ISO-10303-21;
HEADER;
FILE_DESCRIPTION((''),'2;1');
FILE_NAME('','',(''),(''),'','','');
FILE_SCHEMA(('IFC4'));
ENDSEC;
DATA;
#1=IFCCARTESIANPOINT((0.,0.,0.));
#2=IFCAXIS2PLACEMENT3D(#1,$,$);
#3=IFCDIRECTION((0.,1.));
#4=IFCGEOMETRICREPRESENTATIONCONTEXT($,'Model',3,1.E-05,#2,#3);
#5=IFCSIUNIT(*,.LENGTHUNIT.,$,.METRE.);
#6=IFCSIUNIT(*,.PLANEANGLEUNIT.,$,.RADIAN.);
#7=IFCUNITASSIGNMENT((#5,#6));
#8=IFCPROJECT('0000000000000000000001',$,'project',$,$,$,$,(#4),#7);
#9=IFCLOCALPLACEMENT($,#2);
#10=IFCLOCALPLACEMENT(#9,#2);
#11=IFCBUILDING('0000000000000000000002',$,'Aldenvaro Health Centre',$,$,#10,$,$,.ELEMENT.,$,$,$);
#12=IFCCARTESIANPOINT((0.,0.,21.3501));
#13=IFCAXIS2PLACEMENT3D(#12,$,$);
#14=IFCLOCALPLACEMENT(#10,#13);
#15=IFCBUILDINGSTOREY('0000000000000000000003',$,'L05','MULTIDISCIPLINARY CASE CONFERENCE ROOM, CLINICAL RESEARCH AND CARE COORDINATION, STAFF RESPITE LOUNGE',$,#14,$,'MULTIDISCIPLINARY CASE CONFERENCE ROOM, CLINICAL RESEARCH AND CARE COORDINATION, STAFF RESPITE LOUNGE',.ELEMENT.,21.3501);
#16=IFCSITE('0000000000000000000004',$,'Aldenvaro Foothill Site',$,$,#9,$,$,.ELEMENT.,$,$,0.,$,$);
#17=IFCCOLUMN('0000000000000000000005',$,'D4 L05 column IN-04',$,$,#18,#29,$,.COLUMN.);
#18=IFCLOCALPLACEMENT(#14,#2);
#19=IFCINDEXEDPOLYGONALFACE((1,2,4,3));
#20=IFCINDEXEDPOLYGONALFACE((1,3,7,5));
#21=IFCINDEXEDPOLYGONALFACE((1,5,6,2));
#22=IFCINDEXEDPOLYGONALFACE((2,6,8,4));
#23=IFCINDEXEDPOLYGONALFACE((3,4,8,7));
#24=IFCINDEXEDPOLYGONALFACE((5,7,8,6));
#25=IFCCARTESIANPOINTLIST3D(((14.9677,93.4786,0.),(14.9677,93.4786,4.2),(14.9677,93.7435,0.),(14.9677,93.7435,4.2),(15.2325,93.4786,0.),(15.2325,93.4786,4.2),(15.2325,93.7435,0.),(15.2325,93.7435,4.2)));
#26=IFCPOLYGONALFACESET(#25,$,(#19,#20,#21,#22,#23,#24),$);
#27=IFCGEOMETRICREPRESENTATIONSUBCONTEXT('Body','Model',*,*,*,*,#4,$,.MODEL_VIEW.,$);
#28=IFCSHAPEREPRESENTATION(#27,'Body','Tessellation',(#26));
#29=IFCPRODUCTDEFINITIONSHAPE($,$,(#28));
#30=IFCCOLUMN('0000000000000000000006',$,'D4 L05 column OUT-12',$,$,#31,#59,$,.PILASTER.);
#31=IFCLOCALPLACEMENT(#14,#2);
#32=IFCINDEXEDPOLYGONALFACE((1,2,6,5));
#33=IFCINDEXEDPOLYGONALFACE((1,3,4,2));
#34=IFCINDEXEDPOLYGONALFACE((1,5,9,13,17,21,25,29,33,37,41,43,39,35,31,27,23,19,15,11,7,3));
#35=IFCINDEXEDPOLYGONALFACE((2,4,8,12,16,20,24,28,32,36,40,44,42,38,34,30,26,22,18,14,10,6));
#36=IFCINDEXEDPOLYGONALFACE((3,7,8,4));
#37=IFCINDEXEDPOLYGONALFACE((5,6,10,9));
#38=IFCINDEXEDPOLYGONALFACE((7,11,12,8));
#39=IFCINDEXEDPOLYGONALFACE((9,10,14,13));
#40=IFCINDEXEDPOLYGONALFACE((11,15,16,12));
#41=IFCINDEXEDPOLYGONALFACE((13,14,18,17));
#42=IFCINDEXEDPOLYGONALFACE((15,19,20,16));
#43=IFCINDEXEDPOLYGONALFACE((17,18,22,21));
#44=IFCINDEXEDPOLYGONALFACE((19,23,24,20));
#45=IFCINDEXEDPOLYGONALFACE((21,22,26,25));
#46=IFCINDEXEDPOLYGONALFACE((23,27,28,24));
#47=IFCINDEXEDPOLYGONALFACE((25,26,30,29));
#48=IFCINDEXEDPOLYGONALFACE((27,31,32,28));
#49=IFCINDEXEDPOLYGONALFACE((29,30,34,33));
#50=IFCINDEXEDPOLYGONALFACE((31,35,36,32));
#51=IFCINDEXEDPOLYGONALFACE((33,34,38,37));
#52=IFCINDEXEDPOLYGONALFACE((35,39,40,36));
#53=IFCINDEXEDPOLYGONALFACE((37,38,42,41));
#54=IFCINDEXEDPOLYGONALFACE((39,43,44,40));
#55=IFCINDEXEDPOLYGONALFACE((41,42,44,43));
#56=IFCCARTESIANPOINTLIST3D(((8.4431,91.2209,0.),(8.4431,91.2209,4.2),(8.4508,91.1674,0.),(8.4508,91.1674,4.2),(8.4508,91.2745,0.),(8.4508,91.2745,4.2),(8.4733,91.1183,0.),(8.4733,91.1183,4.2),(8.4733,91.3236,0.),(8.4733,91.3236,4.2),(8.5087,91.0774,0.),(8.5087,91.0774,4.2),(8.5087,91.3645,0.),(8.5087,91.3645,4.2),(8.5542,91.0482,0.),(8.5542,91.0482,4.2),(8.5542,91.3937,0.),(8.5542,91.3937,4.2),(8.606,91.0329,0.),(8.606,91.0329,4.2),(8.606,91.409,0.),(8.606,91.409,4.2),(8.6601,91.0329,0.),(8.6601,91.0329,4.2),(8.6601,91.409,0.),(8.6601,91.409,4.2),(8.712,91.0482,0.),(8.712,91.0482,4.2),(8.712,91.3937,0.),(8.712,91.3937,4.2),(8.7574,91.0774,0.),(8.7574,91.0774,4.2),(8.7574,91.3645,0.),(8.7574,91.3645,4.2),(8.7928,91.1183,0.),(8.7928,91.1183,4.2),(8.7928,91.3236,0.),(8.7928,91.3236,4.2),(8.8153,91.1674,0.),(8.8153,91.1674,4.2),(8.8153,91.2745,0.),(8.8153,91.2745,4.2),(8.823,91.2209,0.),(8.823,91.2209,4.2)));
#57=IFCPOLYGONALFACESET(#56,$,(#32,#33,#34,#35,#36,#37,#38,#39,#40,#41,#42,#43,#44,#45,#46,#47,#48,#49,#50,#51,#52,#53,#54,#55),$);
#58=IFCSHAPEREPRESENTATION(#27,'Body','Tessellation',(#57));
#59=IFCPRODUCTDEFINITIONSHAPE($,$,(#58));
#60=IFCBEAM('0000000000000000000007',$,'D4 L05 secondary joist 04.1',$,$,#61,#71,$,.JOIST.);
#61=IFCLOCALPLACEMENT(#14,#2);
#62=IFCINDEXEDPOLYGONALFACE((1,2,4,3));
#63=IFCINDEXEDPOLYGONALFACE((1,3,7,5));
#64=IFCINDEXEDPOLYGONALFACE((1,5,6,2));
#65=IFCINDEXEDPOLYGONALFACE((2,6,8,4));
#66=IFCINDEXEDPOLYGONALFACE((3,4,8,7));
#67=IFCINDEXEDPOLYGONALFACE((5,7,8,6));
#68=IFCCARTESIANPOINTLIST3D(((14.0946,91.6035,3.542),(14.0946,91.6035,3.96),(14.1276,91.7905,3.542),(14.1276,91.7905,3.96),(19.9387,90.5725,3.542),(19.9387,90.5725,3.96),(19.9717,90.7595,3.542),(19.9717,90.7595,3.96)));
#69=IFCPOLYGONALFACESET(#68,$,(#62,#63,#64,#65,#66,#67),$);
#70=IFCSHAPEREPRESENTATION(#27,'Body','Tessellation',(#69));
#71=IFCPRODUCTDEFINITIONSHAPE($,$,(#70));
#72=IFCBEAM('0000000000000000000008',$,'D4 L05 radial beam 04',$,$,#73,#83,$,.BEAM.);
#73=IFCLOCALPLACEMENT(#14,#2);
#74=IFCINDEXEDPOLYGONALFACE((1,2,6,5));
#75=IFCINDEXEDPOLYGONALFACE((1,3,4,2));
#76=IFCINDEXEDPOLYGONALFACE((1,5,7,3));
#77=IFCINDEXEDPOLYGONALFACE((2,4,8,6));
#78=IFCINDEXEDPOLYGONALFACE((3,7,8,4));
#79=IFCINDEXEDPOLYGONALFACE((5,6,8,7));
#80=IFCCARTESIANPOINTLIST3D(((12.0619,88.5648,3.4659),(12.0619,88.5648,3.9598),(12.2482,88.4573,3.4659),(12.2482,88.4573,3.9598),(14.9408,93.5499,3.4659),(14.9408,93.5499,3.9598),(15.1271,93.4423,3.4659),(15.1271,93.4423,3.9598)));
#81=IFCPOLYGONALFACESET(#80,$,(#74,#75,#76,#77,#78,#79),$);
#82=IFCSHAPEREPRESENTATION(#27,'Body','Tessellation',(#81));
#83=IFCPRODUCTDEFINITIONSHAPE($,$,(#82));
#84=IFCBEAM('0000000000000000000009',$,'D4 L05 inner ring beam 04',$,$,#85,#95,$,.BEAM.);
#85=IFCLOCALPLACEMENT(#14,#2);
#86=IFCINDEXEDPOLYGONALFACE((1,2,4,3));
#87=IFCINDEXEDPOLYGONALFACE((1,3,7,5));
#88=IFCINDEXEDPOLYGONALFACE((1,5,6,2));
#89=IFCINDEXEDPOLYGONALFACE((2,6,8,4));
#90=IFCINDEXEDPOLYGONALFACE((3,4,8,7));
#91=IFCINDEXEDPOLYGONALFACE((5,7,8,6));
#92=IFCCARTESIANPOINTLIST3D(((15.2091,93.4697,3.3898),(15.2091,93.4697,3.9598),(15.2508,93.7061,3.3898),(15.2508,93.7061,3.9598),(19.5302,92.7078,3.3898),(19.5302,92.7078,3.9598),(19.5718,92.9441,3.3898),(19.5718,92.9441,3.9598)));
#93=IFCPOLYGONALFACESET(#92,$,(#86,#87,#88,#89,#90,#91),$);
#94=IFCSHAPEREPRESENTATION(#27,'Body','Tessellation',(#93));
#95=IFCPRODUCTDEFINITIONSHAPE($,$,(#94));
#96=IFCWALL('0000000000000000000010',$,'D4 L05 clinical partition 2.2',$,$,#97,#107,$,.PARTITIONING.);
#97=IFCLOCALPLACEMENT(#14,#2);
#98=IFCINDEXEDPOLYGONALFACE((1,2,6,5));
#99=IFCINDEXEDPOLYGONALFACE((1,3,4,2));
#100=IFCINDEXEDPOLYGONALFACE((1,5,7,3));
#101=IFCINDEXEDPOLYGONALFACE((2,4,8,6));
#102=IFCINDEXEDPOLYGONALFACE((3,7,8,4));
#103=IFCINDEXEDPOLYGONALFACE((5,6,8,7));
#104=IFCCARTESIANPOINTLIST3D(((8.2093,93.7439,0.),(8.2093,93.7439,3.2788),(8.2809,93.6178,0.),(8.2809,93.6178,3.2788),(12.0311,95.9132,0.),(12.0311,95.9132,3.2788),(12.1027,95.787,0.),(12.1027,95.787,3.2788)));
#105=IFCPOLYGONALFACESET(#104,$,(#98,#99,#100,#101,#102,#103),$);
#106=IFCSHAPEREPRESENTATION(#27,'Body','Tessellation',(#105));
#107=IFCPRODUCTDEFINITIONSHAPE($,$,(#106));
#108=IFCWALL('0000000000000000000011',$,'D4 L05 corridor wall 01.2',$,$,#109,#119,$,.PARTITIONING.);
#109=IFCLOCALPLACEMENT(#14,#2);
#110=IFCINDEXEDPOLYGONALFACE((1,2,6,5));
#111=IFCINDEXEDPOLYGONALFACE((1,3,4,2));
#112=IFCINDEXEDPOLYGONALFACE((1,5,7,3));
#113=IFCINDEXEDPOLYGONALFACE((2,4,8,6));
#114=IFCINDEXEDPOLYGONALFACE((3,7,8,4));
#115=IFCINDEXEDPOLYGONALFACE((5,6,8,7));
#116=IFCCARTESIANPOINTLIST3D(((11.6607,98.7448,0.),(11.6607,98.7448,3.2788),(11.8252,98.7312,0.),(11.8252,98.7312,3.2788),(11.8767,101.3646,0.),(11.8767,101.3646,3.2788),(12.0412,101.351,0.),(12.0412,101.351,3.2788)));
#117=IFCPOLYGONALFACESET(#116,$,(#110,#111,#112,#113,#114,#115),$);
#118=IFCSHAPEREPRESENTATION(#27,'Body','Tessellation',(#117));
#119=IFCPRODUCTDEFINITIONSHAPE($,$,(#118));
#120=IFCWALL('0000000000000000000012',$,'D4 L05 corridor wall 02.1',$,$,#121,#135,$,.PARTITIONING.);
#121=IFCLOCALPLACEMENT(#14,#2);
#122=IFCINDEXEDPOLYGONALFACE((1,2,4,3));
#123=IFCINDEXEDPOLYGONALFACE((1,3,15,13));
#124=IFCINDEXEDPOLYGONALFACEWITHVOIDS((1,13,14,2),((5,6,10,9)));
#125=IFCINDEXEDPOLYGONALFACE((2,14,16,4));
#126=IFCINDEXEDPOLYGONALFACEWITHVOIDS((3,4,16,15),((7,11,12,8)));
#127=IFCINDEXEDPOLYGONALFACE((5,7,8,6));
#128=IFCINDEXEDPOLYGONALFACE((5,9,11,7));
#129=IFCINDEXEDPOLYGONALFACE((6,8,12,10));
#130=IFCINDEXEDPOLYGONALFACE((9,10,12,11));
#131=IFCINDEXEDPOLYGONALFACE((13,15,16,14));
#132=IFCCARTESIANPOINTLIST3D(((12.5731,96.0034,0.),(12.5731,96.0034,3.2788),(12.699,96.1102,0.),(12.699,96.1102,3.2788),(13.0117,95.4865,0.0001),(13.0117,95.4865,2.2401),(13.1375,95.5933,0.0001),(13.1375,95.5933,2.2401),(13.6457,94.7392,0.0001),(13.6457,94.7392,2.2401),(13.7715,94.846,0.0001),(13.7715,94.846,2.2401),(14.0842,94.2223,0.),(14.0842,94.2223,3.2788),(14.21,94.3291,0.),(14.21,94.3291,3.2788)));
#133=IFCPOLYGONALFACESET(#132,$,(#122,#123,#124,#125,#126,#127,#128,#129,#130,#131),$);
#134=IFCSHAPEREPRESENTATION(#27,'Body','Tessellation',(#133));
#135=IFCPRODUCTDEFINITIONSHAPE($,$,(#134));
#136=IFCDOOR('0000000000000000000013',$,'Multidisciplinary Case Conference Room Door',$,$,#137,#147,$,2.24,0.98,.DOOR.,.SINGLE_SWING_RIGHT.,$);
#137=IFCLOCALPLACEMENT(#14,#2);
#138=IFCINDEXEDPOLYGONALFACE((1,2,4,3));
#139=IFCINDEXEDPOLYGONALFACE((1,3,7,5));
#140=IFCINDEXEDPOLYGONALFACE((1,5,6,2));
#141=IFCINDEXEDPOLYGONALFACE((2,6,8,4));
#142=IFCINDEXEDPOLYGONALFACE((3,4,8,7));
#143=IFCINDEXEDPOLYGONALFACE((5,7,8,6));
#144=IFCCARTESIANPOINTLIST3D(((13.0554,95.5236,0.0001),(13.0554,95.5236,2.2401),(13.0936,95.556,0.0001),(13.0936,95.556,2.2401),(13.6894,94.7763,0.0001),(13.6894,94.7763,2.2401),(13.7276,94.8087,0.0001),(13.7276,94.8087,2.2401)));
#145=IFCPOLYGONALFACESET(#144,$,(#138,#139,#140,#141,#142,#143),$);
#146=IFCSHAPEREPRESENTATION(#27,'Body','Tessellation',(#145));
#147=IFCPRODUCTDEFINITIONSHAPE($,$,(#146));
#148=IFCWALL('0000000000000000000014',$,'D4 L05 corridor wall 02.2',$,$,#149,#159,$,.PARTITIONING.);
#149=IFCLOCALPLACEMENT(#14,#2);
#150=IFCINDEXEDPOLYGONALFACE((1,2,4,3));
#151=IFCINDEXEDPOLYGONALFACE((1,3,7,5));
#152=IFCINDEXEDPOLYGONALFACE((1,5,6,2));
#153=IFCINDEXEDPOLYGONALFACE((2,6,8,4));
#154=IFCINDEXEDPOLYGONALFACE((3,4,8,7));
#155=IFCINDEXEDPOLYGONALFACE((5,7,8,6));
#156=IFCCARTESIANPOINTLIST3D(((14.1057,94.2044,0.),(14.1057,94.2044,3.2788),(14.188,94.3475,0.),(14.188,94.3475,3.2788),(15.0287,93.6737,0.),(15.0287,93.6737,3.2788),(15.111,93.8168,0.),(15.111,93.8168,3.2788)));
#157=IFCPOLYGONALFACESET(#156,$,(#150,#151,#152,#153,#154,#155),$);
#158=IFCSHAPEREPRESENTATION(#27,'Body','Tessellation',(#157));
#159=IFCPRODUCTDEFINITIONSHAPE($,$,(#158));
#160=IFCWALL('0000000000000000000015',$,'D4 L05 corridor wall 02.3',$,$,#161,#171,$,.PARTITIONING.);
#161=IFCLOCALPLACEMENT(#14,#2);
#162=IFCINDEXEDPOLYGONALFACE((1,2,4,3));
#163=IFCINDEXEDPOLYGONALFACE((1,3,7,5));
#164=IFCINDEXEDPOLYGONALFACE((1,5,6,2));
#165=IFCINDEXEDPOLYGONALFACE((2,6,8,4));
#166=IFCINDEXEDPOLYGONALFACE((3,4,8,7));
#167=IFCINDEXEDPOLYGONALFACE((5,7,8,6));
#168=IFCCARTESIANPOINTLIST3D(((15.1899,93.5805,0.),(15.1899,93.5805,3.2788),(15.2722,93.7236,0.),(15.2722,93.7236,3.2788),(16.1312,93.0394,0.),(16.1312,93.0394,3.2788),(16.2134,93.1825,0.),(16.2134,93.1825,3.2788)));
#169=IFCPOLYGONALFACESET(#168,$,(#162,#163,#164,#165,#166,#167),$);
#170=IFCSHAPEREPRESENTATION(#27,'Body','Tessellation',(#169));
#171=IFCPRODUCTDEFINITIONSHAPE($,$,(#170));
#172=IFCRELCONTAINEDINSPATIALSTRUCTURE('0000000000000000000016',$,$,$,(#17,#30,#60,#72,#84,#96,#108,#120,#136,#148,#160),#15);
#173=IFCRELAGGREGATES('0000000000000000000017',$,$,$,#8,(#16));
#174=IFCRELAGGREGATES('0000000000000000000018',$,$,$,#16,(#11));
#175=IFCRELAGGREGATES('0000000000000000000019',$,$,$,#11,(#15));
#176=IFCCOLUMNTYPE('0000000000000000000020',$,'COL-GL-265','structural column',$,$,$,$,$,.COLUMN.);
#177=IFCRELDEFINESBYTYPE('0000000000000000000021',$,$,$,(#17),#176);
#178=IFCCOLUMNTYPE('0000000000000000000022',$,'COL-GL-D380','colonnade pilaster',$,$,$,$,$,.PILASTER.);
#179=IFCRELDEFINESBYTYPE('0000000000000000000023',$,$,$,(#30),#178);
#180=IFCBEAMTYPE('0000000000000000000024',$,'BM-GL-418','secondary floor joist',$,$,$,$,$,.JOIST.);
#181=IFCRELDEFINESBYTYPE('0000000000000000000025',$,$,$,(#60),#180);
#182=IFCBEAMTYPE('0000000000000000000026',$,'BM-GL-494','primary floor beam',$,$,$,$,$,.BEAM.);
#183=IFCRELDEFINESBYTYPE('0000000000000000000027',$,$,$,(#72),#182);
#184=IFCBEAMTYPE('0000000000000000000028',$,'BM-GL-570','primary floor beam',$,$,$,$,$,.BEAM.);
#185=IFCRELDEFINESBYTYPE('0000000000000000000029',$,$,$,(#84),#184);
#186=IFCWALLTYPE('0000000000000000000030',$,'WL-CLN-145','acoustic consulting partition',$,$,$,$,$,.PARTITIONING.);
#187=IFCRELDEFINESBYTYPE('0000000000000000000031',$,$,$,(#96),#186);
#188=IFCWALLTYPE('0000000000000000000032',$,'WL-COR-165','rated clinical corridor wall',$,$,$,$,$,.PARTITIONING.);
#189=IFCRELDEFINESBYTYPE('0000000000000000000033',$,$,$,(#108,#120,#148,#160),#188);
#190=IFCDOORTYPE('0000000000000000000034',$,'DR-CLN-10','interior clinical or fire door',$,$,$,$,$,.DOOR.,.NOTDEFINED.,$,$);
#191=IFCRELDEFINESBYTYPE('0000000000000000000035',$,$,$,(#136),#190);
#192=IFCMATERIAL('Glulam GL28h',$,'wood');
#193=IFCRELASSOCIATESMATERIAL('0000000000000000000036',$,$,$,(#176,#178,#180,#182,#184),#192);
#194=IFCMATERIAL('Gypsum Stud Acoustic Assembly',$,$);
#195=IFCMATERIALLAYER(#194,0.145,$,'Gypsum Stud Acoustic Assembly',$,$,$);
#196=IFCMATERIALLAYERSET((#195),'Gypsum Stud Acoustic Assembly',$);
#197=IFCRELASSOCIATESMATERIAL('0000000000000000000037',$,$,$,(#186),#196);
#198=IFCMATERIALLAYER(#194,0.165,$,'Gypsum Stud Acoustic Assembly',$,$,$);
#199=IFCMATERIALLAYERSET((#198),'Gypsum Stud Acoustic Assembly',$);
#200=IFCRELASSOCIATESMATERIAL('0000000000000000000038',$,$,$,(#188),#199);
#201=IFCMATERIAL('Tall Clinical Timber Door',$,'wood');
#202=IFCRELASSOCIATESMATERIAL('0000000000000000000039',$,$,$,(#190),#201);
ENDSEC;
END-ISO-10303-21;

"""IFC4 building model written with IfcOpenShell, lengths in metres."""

from ifc_helpers import new_model, si_unit, direction, frame, frame_2d, origin, origin_2d, place, context, subcontext, project, spatial, rectangle, circle, extrude, material, layer, layer_set, material_profile, profile_set, type_object, element, fill, save


model = new_model("IFC4")

# Units and contexts
model_context = context("Model", 3, precision=1e-05, world=origin(), true_north=direction((0.0, 1.0)))
body_context = subcontext(model_context, "Body", "Model", "MODEL_VIEW")
ifc_project = project(units=[si_unit("LENGTHUNIT", "METRE"), si_unit("PLANEANGLEUNIT", "RADIAN")], contexts=[model_context])

# Site, building, storey
site_placement = place(None, origin())
site = spatial("IfcSite", under=ifc_project, at=site_placement, Name="Aldenvaro Foothill Site", CompositionType="ELEMENT", RefElevation=0.0)
building_placement = place(site_placement, origin())
building = spatial("IfcBuilding", under=site, at=building_placement, Name="Aldenvaro Health Centre", CompositionType="ELEMENT")
storey_placement = place(building_placement, frame((0.0, 0.0, 21.3501)))
storey = spatial("IfcBuildingStorey", under=building, at=storey_placement, Name="L05", Description="MULTIDISCIPLINARY CASE CONFERENCE ROOM, CLINICAL RESEARCH AND CARE COORDINATION, STAFF RESPITE LOUNGE", LongName="MULTIDISCIPLINARY CASE CONFERENCE ROOM, CLINICAL RESEARCH AND CARE COORDINATION, STAFF RESPITE LOUNGE", CompositionType="ELEMENT", Elevation=21.3501)

# Columns
ifc_material_1 = material(Name="Glulam GL28h", Category="wood")
ifc_material_profile_1 = material_profile(ifc_material_1, rectangle(XDim=0.2649, YDim=0.2649, at=origin_2d()), Name="GL 265x265", Category="wood")
ifc_profile_set_1 = profile_set([ifc_material_profile_1], Name="Glulam GL28h")
column_type_1 = type_object("IfcColumnType", Name="COL-GL-265", Description="structural column", PredefinedType="COLUMN", material=ifc_profile_set_1)
column_1_placement = place(storey_placement, frame((15.1001, 93.6111, 0.0), z_axis=(0.0, 0.0, 1.0), x_axis=(1.0, 0.0, 0.0)))
element("IfcColumn", 1, at=column_1_placement, inside=storey, type_object=column_type_1, Name="D4 L05 column IN-04", PredefinedType="COLUMN", context=body_context, shape_type="SweptSolid", body=[
    extrude(rectangle(XDim=0.2649, YDim=0.2649, at=origin_2d()), origin(), (0.0, 0.0, 1.0), 4.2),
])
ifc_material_profile_2 = material_profile(ifc_material_1, circle(Radius=0.1899, at=origin_2d()), Name="GL D380", Category="wood")
ifc_profile_set_2 = profile_set([ifc_material_profile_2], Name="Glulam GL28h")
column_type_2 = type_object("IfcColumnType", Name="COL-GL-D380", Description="colonnade pilaster", PredefinedType="PILASTER", material=ifc_profile_set_2)
column_2_placement = place(storey_placement, frame((8.6331, 91.2209, 0.0), z_axis=(0.0, 0.0, 1.0), x_axis=(1.0, 0.0, 0.0)))
element("IfcColumn", 2, at=column_2_placement, inside=storey, type_object=column_type_2, Name="D4 L05 column OUT-12", PredefinedType="PILASTER", context=body_context, shape_type="SweptSolid", body=[
    extrude(circle(Radius=0.1899, at=origin_2d()), origin(), (0.0, 0.0, 1.0), 4.2),
])

# Beams
ifc_material_profile_3 = material_profile(ifc_material_1, rectangle(XDim=0.1899, YDim=0.418, at=origin_2d()), Name="GL 190x418", Category="wood")
ifc_profile_set_3 = profile_set([ifc_material_profile_3], Name="Glulam GL28h")
beam_type_1 = type_object("IfcBeamType", Name="BM-GL-418", Description="secondary floor joist", PredefinedType="JOIST", material=ifc_profile_set_3)
beam_1_placement = place(storey_placement, frame((14.1111, 91.697, 3.751), z_axis=(0.984792, -0.173738, 0.0), x_axis=(0.173738, 0.984792, 0.0)))
element("IfcBeam", 3, at=beam_1_placement, inside=storey, type_object=beam_type_1, Name="D4 L05 secondary joist 04.1", PredefinedType="JOIST", context=body_context, shape_type="SweptSolid", body=[
    extrude(rectangle(XDim=0.1899, YDim=0.418, at=origin_2d()), origin(), (0.0, 0.0, 1.0), 5.9343),
])
ifc_material_profile_4 = material_profile(ifc_material_1, rectangle(XDim=0.2151, YDim=0.4939, at=origin_2d()), Name="GL 215x494", Category="wood")
ifc_profile_set_4 = profile_set([ifc_material_profile_4], Name="Glulam GL28h")
beam_type_2 = type_object("IfcBeamType", Name="BM-GL-494", Description="primary floor beam", PredefinedType="BEAM", material=ifc_profile_set_4)
beam_2_placement = place(storey_placement, frame((15.0339, 93.4961, 3.7129), z_axis=(-0.500098, -0.865969, 0.0), x_axis=(0.865969, -0.500098, 0.0)))
element("IfcBeam", 4, at=beam_2_placement, inside=storey, type_object=beam_type_2, Name="D4 L05 radial beam 04", PredefinedType="BEAM", context=body_context, shape_type="SweptSolid", body=[
    extrude(rectangle(XDim=0.2151, YDim=0.4939, at=origin_2d()), origin(), (0.0, 0.0, 1.0), 5.7566),
])
ifc_material_profile_5 = material_profile(ifc_material_1, rectangle(XDim=0.24, YDim=0.5701, at=origin_2d()), Name="GL 240x570", Category="wood")
ifc_profile_set_5 = profile_set([ifc_material_profile_5], Name="Glulam GL28h")
beam_type_3 = type_object("IfcBeamType", Name="BM-GL-570", Description="primary floor beam", PredefinedType="BEAM", material=ifc_profile_set_5)
beam_3_placement = place(storey_placement, frame((15.23, 93.5879, 3.6748), z_axis=(0.984806, -0.173658, 0.0), x_axis=(0.173658, 0.984806, 0.0)))
element("IfcBeam", 5, at=beam_3_placement, inside=storey, type_object=beam_type_3, Name="D4 L05 inner ring beam 04", PredefinedType="BEAM", context=body_context, shape_type="SweptSolid", body=[
    extrude(rectangle(XDim=0.24, YDim=0.5701, at=origin_2d()), origin(), (0.0, 0.0, 1.0), 4.3877),
])

# Walls
ifc_material_2 = material(Name="Gypsum Stud Acoustic Assembly")
ifc_layer_1 = layer(ifc_material_2, 0.145, Name="Gypsum Stud Acoustic Assembly")
ifc_layer_set_1 = layer_set([ifc_layer_1], Name="Gypsum Stud Acoustic Assembly")
wall_type_1 = type_object("IfcWallType", Name="WL-CLN-145", Description="acoustic consulting partition", PredefinedType="PARTITIONING", material=ifc_layer_set_1)
wall_1_placement = place(storey_placement, frame((12.0669, 95.8501, 0.0), z_axis=(0.0, 0.0, 1.0), x_axis=(-0.869679, -0.493618, 0.0)))
element("IfcWall", 6, at=wall_1_placement, inside=storey, type_object=wall_type_1, Name="D4 L05 clinical partition 2.2", PredefinedType="PARTITIONING", context=body_context, shape_type="SweptSolid", body=[
    extrude(rectangle(XDim=4.3945, YDim=0.145, at=frame_2d((2.1973, 0.0))), origin(), (0.0, 0.0, 1.0), 3.2788),
])
ifc_layer_2 = layer(ifc_material_2, 0.165, Name="Gypsum Stud Acoustic Assembly")
ifc_layer_set_2 = layer_set([ifc_layer_2], Name="Gypsum Stud Acoustic Assembly")
wall_type_2 = type_object("IfcWallType", Name="WL-COR-165", Description="rated clinical corridor wall", PredefinedType="PARTITIONING", material=ifc_layer_set_2)
wall_2_placement = place(storey_placement, frame((11.959, 101.3579, 0.0), z_axis=(0.0, 0.0, 1.0), x_axis=(-0.082192, -0.996616, 0.0)))
element("IfcWall", 7, at=wall_2_placement, inside=storey, type_object=wall_type_2, Name="D4 L05 corridor wall 01.2", PredefinedType="PARTITIONING", context=body_context, shape_type="SweptSolid", body=[
    extrude(rectangle(XDim=2.6287, YDim=0.165, at=frame_2d((1.3145, 0.0))), origin(), (0.0, 0.0, 1.0), 3.2788),
])

# Wall, opening, door
wall_3_placement = place(storey_placement, frame((12.636, 96.0569, 0.0), z_axis=(0.0, 0.0, 1.0), x_axis=(0.646935, -0.762545, 0.0)))
wall_3 = element("IfcWall", 8, at=wall_3_placement, inside=storey, type_object=wall_type_2, Name="D4 L05 corridor wall 02.1", PredefinedType="PARTITIONING", context=body_context, shape_type="SweptSolid", body=[
    extrude(rectangle(XDim=2.3357, YDim=0.165, at=frame_2d((1.168, 0.0))), origin(), (0.0, 0.0, 1.0), 3.2788),
])
opening_1_placement = place(wall_3_placement, frame((0.678, 0.0, 0.0)))
opening_1 = element("IfcOpeningElement", 9, at=opening_1_placement, cuts=wall_3, PredefinedType="OPENING", context=body_context, shape_type="SweptSolid", body=[
    extrude(rectangle(XDim=0.98, YDim=2.24, at=frame_2d((0.49, 1.1201))), frame((0.0, 0.0925, 0.0), z_axis=(0.0, -1.0, 0.0), x_axis=(1.0, 0.0, 0.0)), (0.0, 0.0, 1.0), 0.1851),
])
ifc_material_3 = material(Name="Tall Clinical Timber Door", Category="wood")
door_type_1 = type_object("IfcDoorType", Name="DR-CLN-10", Description="interior clinical or fire door", OperationType="NOTDEFINED", PredefinedType="DOOR", material=ifc_material_3)
door_1_placement = place(opening_1_placement, origin())
door_1 = element("IfcDoor", 10, at=door_1_placement, inside=storey, type_object=door_type_1, Name="Multidisciplinary Case Conference Room Door", OperationType="SINGLE_SWING_RIGHT", OverallHeight=2.24, OverallWidth=0.98, PredefinedType="DOOR", context=body_context, shape_type="SweptSolid", body=[
    extrude(rectangle(XDim=0.98, YDim=2.24, at=frame_2d((0.49, 1.1201))), frame((0.0, 0.0249, 0.0), z_axis=(0.0, -1.0, 0.0), x_axis=(1.0, 0.0, 0.0)), (0.0, 0.0, 1.0), 0.05),
])
fill(opening_1, door_1)

# Walls
wall_4_placement = place(storey_placement, frame((14.147, 94.2759, 0.0), z_axis=(0.0, 0.0, 1.0), x_axis=(0.866914, -0.498458, 0.0)))
element("IfcWall", 11, at=wall_4_placement, inside=storey, type_object=wall_type_2, Name="D4 L05 corridor wall 02.2", PredefinedType="PARTITIONING", context=body_context, shape_type="SweptSolid", body=[
    extrude(rectangle(XDim=1.0647, YDim=0.165, at=frame_2d((0.5322, 0.0))), origin(), (0.0, 0.0, 1.0), 3.2788),
])
wall_5_placement = place(storey_placement, frame((15.231, 93.6521, 0.0), z_axis=(0.0, 0.0, 1.0), x_axis=(0.866967, -0.498365, 0.0)))
element("IfcWall", 12, at=wall_5_placement, inside=storey, type_object=wall_type_2, Name="D4 L05 corridor wall 02.3", PredefinedType="PARTITIONING", context=body_context, shape_type="SweptSolid", body=[
    extrude(rectangle(XDim=1.0857, YDim=0.165, at=frame_2d((0.543, 0.0))), origin(), (0.0, 0.0, 1.0), 3.2788),
])

save(model, "model.ifc")
